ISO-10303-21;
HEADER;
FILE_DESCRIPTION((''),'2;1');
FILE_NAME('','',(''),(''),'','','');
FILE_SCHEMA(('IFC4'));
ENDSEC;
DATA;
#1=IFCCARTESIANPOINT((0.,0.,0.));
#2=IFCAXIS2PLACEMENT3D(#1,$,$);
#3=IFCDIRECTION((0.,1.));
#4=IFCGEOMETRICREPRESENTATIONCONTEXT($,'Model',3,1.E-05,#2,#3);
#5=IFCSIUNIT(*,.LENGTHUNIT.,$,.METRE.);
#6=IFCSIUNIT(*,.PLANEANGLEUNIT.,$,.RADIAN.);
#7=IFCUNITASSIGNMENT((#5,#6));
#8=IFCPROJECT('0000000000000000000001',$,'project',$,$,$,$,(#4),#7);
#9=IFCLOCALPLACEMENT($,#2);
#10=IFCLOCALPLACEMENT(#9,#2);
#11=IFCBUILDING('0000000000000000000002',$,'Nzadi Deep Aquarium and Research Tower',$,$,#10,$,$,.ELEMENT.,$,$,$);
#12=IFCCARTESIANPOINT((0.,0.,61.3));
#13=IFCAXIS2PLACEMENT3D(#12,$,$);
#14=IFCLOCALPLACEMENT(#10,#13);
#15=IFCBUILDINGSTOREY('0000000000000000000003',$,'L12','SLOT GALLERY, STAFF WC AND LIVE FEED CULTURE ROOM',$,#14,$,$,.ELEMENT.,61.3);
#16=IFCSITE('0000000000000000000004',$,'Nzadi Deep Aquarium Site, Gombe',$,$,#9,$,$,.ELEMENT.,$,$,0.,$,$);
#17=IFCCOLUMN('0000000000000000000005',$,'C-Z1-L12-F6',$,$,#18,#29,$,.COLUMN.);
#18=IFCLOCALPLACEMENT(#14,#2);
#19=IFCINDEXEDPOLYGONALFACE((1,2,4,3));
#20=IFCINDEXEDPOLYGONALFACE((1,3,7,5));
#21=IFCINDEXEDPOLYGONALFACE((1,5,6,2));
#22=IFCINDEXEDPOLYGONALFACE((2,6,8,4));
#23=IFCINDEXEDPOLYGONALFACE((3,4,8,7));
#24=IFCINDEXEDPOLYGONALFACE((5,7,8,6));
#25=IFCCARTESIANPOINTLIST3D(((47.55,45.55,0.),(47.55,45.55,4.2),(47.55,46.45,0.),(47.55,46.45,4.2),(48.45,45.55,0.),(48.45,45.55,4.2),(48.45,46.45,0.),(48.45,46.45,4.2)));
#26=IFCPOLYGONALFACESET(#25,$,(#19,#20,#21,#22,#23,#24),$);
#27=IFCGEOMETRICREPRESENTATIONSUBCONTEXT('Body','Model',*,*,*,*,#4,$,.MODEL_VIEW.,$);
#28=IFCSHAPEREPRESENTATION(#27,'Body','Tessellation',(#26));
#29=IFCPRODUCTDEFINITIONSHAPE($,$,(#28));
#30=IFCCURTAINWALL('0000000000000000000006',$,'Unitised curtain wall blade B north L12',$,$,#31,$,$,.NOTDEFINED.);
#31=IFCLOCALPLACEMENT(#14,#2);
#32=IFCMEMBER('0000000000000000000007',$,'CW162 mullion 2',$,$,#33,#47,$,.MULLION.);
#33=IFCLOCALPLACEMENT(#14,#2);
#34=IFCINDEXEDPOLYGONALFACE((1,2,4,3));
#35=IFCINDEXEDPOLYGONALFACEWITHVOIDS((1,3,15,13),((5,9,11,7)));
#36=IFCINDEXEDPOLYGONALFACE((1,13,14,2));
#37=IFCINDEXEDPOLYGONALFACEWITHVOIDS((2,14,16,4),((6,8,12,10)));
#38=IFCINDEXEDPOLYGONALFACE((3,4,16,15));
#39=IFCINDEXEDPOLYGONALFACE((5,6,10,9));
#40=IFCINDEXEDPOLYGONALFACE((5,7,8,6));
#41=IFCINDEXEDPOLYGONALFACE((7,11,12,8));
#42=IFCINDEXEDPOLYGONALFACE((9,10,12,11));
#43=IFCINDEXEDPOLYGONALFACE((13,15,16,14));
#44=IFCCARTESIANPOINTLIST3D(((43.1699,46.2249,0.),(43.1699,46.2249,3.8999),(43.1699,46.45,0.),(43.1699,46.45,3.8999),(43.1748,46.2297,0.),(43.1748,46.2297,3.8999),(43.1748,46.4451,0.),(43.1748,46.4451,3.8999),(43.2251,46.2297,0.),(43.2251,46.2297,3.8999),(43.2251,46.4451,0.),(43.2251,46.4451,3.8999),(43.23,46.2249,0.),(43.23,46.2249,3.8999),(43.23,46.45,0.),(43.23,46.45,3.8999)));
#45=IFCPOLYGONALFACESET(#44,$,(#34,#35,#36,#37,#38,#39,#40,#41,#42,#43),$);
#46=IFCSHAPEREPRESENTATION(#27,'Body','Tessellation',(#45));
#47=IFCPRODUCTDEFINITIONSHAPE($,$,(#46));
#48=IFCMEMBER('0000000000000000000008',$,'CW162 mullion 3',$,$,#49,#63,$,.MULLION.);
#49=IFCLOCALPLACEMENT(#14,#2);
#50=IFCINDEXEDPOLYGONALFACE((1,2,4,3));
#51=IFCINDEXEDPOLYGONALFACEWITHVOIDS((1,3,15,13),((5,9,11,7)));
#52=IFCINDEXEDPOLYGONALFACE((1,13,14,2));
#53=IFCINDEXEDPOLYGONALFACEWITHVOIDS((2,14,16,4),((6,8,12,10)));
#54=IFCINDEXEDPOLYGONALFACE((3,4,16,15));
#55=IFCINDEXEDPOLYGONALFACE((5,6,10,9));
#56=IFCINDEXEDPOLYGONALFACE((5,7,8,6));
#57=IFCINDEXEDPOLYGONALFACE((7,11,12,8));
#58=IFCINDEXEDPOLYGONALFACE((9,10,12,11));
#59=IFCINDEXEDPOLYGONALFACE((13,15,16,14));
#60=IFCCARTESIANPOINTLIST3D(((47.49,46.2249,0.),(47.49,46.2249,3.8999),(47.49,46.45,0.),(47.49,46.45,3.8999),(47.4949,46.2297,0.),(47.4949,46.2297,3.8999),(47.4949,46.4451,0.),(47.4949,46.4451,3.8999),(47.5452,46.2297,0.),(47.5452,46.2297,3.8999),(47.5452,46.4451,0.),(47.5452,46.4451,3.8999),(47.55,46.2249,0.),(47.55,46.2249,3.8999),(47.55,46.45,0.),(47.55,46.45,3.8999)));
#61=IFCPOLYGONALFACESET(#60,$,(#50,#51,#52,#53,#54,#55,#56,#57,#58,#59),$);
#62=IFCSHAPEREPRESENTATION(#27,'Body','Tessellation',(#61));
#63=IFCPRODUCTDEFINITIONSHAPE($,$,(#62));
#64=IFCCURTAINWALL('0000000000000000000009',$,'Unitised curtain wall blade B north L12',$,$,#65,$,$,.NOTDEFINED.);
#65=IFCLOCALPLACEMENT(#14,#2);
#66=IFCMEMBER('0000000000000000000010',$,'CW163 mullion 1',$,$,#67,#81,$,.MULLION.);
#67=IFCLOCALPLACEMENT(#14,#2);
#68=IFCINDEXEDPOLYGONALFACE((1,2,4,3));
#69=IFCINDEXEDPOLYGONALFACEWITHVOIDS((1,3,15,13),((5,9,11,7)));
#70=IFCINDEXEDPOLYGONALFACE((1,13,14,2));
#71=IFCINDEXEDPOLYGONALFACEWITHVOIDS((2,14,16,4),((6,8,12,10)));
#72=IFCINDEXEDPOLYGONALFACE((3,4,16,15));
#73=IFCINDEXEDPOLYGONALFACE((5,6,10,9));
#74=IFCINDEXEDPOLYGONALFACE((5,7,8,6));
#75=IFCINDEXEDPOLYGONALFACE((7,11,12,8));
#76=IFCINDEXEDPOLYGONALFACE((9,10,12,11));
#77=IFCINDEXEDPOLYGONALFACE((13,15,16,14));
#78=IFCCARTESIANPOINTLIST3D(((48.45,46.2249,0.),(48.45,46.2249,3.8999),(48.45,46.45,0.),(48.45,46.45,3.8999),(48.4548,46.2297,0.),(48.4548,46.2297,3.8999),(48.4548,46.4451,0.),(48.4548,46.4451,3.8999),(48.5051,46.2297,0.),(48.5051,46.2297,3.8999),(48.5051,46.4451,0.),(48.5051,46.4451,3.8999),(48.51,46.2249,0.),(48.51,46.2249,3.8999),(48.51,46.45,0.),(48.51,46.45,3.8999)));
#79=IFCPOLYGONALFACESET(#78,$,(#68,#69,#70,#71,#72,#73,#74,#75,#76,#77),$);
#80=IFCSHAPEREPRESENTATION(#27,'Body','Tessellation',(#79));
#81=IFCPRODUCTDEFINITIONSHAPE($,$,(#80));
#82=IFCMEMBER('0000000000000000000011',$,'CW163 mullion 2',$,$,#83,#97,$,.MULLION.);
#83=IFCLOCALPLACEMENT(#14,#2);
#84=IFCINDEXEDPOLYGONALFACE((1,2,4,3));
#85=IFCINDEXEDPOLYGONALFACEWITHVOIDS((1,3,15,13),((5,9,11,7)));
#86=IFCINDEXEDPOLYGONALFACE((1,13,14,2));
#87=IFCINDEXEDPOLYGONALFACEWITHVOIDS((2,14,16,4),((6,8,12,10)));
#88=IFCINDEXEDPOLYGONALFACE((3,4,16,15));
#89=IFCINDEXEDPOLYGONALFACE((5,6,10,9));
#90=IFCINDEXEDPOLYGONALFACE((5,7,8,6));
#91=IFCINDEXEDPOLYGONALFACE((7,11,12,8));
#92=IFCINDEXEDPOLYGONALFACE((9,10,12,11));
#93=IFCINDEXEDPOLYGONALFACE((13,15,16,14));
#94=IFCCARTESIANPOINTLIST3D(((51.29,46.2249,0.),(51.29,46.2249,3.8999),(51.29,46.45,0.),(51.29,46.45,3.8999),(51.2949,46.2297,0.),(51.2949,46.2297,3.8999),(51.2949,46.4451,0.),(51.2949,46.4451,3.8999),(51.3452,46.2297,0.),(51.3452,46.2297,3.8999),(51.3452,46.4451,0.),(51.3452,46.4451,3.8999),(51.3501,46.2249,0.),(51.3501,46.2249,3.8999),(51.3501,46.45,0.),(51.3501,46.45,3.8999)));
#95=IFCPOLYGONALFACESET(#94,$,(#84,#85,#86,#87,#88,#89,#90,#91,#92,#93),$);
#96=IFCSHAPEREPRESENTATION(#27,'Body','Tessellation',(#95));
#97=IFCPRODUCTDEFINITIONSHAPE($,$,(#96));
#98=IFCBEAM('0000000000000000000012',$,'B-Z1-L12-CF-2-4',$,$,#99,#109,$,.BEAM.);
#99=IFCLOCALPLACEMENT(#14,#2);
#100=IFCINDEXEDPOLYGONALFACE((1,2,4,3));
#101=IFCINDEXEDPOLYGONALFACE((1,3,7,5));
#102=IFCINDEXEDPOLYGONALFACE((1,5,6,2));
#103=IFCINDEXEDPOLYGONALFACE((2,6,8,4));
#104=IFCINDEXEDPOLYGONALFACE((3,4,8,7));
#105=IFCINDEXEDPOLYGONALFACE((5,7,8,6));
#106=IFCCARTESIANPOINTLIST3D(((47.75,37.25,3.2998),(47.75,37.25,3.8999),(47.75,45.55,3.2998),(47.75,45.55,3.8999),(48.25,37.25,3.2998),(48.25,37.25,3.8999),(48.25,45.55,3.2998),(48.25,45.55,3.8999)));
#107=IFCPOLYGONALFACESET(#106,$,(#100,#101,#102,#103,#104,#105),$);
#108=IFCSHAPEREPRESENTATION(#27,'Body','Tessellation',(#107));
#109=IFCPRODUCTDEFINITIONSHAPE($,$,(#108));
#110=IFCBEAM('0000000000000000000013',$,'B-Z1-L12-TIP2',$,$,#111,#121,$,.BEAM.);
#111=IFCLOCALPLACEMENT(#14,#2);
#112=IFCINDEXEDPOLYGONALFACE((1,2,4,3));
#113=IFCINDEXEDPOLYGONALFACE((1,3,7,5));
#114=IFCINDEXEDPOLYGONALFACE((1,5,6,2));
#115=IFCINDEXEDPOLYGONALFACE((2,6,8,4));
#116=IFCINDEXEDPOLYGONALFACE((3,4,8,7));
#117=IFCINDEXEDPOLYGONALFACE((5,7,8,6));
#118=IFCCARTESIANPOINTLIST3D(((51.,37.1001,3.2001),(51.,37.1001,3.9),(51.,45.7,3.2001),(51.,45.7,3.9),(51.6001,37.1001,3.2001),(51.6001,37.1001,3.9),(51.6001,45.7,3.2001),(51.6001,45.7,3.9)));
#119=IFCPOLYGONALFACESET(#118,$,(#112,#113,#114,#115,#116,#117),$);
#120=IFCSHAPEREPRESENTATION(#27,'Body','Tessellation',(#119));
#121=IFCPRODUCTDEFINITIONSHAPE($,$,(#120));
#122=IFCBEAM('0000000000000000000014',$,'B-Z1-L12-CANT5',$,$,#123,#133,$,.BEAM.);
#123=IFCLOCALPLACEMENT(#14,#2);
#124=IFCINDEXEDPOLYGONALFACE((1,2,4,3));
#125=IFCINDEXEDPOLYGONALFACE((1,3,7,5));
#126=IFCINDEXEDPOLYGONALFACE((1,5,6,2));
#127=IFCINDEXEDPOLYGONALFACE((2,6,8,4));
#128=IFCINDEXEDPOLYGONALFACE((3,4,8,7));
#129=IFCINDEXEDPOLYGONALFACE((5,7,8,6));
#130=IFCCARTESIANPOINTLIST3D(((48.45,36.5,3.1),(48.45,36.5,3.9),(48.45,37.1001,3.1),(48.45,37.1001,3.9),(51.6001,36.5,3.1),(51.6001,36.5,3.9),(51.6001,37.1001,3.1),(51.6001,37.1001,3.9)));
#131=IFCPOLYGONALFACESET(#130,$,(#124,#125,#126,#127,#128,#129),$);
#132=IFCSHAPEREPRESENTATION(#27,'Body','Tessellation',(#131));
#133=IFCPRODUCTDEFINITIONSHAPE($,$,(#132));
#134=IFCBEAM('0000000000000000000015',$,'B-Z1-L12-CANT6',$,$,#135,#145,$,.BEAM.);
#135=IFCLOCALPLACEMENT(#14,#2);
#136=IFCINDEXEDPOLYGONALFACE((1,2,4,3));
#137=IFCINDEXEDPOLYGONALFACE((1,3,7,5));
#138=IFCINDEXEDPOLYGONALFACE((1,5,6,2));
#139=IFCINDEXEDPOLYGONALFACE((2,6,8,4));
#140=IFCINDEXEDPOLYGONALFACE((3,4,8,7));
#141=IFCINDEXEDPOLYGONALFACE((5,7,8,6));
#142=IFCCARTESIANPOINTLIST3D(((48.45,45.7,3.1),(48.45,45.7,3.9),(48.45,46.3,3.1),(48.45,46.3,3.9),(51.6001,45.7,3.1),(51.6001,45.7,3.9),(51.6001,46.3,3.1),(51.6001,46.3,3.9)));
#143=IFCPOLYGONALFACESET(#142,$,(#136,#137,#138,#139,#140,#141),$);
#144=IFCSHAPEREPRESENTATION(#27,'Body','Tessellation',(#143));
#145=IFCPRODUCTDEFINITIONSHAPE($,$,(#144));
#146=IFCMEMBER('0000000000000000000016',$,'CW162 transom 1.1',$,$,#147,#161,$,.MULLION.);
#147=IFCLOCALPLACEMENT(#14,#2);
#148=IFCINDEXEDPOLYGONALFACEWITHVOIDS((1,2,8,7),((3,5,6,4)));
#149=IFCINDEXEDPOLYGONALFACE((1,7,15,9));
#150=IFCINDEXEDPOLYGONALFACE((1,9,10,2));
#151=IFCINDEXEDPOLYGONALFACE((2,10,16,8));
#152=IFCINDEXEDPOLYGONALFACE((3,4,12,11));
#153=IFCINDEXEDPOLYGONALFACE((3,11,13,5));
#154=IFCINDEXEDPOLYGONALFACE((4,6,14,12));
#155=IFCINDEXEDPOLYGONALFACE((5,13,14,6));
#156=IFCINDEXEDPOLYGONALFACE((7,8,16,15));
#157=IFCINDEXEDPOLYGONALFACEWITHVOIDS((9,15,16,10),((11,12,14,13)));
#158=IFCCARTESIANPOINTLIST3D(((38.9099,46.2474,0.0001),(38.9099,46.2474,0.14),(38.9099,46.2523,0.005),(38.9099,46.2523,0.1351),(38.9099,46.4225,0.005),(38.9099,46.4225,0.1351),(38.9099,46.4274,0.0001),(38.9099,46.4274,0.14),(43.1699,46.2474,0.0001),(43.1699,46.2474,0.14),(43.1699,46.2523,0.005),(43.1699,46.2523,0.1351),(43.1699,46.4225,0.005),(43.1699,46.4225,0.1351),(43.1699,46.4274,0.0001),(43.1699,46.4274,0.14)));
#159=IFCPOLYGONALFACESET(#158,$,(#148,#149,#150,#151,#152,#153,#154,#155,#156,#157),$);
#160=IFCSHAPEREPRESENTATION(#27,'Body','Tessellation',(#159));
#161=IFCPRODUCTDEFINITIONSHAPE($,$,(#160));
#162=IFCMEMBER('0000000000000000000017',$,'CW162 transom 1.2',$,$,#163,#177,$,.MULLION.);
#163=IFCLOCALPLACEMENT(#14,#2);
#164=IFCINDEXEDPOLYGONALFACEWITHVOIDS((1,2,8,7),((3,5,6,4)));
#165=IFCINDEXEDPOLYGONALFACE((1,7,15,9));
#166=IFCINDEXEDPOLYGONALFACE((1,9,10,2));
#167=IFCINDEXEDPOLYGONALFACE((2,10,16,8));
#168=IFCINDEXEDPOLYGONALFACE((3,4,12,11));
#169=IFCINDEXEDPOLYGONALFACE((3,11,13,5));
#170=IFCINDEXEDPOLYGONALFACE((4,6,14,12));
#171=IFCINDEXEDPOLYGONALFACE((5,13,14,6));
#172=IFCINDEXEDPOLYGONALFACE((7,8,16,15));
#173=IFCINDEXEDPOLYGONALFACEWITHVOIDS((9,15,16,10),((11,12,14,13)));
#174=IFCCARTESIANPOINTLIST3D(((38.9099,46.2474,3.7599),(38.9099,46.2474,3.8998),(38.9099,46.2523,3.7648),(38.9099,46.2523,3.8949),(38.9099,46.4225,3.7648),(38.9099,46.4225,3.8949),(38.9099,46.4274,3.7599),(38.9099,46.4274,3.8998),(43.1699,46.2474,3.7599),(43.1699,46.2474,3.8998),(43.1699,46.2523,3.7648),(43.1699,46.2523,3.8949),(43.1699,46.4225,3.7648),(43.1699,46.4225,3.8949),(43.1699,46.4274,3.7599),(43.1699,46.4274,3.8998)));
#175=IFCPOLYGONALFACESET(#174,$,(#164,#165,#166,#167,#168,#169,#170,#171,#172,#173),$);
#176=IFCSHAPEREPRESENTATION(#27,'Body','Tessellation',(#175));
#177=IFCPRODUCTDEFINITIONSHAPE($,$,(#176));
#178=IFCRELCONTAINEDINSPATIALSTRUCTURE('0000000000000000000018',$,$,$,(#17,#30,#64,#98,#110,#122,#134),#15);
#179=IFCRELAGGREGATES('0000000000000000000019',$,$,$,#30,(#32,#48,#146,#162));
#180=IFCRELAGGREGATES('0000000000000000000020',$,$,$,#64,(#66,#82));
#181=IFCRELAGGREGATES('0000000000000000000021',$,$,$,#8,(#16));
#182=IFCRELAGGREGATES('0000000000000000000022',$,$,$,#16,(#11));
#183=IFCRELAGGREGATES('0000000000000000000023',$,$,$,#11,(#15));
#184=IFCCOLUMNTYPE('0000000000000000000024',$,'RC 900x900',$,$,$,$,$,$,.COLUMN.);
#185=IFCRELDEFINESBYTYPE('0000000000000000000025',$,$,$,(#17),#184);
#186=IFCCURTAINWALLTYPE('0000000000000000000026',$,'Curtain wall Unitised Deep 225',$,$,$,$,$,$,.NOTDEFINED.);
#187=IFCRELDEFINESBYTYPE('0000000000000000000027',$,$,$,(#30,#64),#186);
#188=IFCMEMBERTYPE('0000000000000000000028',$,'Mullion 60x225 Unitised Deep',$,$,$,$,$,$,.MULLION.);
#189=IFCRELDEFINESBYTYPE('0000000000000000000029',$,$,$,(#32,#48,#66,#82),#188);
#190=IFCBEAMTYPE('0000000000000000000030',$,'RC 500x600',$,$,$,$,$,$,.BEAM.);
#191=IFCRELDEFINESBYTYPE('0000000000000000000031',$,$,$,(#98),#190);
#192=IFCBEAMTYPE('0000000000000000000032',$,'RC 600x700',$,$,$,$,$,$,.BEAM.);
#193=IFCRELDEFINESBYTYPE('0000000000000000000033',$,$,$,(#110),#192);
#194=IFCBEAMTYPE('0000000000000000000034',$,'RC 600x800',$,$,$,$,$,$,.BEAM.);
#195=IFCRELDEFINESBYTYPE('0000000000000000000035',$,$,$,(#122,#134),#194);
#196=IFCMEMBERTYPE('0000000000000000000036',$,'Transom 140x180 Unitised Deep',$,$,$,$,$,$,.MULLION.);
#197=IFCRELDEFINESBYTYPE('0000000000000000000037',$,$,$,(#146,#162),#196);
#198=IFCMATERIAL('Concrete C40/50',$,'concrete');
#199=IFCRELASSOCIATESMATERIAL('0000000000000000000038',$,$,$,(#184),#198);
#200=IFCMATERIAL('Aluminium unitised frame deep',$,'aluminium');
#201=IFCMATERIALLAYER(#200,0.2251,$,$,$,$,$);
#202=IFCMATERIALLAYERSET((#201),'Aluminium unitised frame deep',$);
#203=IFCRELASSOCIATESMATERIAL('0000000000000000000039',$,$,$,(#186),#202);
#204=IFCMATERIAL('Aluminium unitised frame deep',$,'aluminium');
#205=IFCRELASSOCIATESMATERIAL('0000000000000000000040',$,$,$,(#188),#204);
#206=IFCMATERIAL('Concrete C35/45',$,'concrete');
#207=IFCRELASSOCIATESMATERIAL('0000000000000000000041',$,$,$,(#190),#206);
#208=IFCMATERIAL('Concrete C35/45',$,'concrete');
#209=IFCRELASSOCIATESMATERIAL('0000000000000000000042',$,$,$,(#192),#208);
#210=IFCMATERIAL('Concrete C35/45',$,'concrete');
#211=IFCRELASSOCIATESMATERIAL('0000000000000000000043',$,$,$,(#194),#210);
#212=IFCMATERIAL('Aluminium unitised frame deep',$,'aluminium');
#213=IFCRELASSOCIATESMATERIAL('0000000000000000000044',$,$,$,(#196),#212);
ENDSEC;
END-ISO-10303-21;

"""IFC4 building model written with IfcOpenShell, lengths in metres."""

from ifc_helpers import new_model, si_unit, direction, frame, origin, origin_2d, place, context, subcontext, project, spatial, rectangle, hollow_rectangle, extrude, material, layer, layer_set, material_profile, profile_set, type_object, element, aggregate, save


model = new_model("IFC4")

# Units and contexts
model_context = context("Model", 3, precision=1e-05, world=origin(), true_north=direction((0.0, 1.0)))
body_context = subcontext(model_context, "Body", "Model", "MODEL_VIEW")
ifc_project = project(units=[si_unit("LENGTHUNIT", "METRE"), si_unit("PLANEANGLEUNIT", "RADIAN")], contexts=[model_context])

# Site, building, storey
site_placement = place(None, origin())
site = spatial("IfcSite", under=ifc_project, at=site_placement, Name="Nzadi Deep Aquarium Site, Gombe", CompositionType="ELEMENT", RefElevation=0.0)
building_placement = place(site_placement, origin())
building = spatial("IfcBuilding", under=site, at=building_placement, Name="Nzadi Deep Aquarium and Research Tower", CompositionType="ELEMENT")
storey_placement = place(building_placement, frame((0.0, 0.0, 61.3)))
storey = spatial("IfcBuildingStorey", under=building, at=storey_placement, Name="L12", Description="SLOT GALLERY, STAFF WC AND LIVE FEED CULTURE ROOM", CompositionType="ELEMENT", Elevation=61.3)

# Column
ifc_material_1 = material(Name="Concrete C40/50", Category="concrete")
ifc_material_profile_1 = material_profile(ifc_material_1, rectangle(XDim=0.8999, YDim=0.8999, at=origin_2d()))
ifc_profile_set_1 = profile_set([ifc_material_profile_1], Name="Concrete C40/50")
column_type = type_object("IfcColumnType", Name="RC 900x900", PredefinedType="COLUMN", material=ifc_profile_set_1)
column_placement = place(storey_placement, frame((48.0, 46.0, 0.0), z_axis=(0.0, 0.0, 1.0), x_axis=(1.0, 0.0, 0.0)))
element("IfcColumn", 1, at=column_placement, inside=storey, type_object=column_type, Name="C-Z1-L12-F6", PredefinedType="COLUMN", context=body_context, shape_type="SweptSolid", body=[
    extrude(rectangle(XDim=0.8999, YDim=0.8999, at=origin_2d()), origin(), (0.0, 0.0, 1.0), 4.2),
])

# Curtain walls, members
ifc_material_2 = material(Name="Aluminium unitised frame deep", Category="aluminium")
ifc_layer_1 = layer(ifc_material_2, 0.2251)
ifc_layer_set_1 = layer_set([ifc_layer_1], Name="Aluminium unitised frame deep")
curtain_wall_type = type_object("IfcCurtainWallType", Name="Curtain wall Unitised Deep 225", PredefinedType="NOTDEFINED", material=ifc_layer_set_1)
curtain_wall_1_placement = place(storey_placement, origin())
curtain_wall_1 = element("IfcCurtainWall", 2, at=curtain_wall_1_placement, inside=storey, type_object=curtain_wall_type, Name="Unitised curtain wall blade B north L12", PredefinedType="NOTDEFINED")
ifc_material_3 = material(Name="Aluminium unitised frame deep", Category="aluminium")
ifc_material_profile_2 = material_profile(ifc_material_3, hollow_rectangle(XDim=0.2251, YDim=0.0601, WallThickness=0.0049, at=origin_2d()))
ifc_profile_set_2 = profile_set([ifc_material_profile_2], Name="Aluminium unitised frame deep")
member_type_1 = type_object("IfcMemberType", Name="Mullion 60x225 Unitised Deep", PredefinedType="MULLION", material=ifc_profile_set_2)
member_1_placement = place(storey_placement, frame((43.2, 46.3374, 0.0), z_axis=(0.0, 0.0, 1.0), x_axis=(0.0, 1.0, 0.0)))
member_1 = element("IfcMember", 3, at=member_1_placement, type_object=member_type_1, Name="CW162 mullion 2", PredefinedType="MULLION", context=body_context, shape_type="SweptSolid", body=[
    extrude(hollow_rectangle(XDim=0.2251, YDim=0.0601, WallThickness=0.0049, at=origin_2d()), origin(), (0.0, 0.0, 1.0), 3.8999),
])
member_2_placement = place(storey_placement, frame((47.52, 46.3374, 0.0), z_axis=(0.0, 0.0, 1.0), x_axis=(0.0, 1.0, 0.0)))
member_2 = element("IfcMember", 4, at=member_2_placement, type_object=member_type_1, Name="CW162 mullion 3", PredefinedType="MULLION", context=body_context, shape_type="SweptSolid", body=[
    extrude(hollow_rectangle(XDim=0.2251, YDim=0.0601, WallThickness=0.0049, at=origin_2d()), origin(), (0.0, 0.0, 1.0), 3.8999),
])
curtain_wall_2_placement = place(storey_placement, origin())
curtain_wall_2 = element("IfcCurtainWall", 5, at=curtain_wall_2_placement, inside=storey, type_object=curtain_wall_type, Name="Unitised curtain wall blade B north L12", PredefinedType="NOTDEFINED")
member_3_placement = place(storey_placement, frame((48.48, 46.3374, 0.0), z_axis=(0.0, 0.0, 1.0), x_axis=(0.0, 1.0, 0.0)))
member_3 = element("IfcMember", 6, at=member_3_placement, type_object=member_type_1, Name="CW163 mullion 1", PredefinedType="MULLION", context=body_context, shape_type="SweptSolid", body=[
    extrude(hollow_rectangle(XDim=0.2251, YDim=0.0601, WallThickness=0.0049, at=origin_2d()), origin(), (0.0, 0.0, 1.0), 3.8999),
])
member_4_placement = place(storey_placement, frame((51.3201, 46.3374, 0.0), z_axis=(0.0, 0.0, 1.0), x_axis=(0.0, 1.0, 0.0)))
member_4 = element("IfcMember", 7, at=member_4_placement, type_object=member_type_1, Name="CW163 mullion 2", PredefinedType="MULLION", context=body_context, shape_type="SweptSolid", body=[
    extrude(hollow_rectangle(XDim=0.2251, YDim=0.0601, WallThickness=0.0049, at=origin_2d()), origin(), (0.0, 0.0, 1.0), 3.8999),
])

# Beams
ifc_material_4 = material(Name="Concrete C35/45", Category="concrete")
ifc_material_profile_3 = material_profile(ifc_material_4, rectangle(XDim=0.5, YDim=0.6001, at=origin_2d()))
ifc_profile_set_3 = profile_set([ifc_material_profile_3], Name="Concrete C35/45")
beam_type_1 = type_object("IfcBeamType", Name="RC 500x600", PredefinedType="BEAM", material=ifc_profile_set_3)
beam_1_placement = place(storey_placement, frame((48.0, 37.25, 3.5999), z_axis=(0.0, 1.0, 0.0), x_axis=(-1.0, 0.0, 0.0)))
element("IfcBeam", 8, at=beam_1_placement, inside=storey, type_object=beam_type_1, Name="B-Z1-L12-CF-2-4", PredefinedType="BEAM", context=body_context, shape_type="SweptSolid", body=[
    extrude(rectangle(XDim=0.5, YDim=0.6001, at=origin_2d()), origin(), (0.0, 0.0, 1.0), 8.3),
])
ifc_material_5 = material(Name="Concrete C35/45", Category="concrete")
ifc_material_profile_4 = material_profile(ifc_material_5, rectangle(XDim=0.6001, YDim=0.7, at=origin_2d()))
ifc_profile_set_4 = profile_set([ifc_material_profile_4], Name="Concrete C35/45")
beam_type_2 = type_object("IfcBeamType", Name="RC 600x700", PredefinedType="BEAM", material=ifc_profile_set_4)
beam_2_placement = place(storey_placement, frame((51.3, 37.1001, 3.55), z_axis=(0.0, 1.0, 0.0), x_axis=(-1.0, 0.0, 0.0)))
element("IfcBeam", 9, at=beam_2_placement, inside=storey, type_object=beam_type_2, Name="B-Z1-L12-TIP2", PredefinedType="BEAM", context=body_context, shape_type="SweptSolid", body=[
    extrude(rectangle(XDim=0.6001, YDim=0.7, at=origin_2d()), origin(), (0.0, 0.0, 1.0), 8.5999),
])
ifc_material_6 = material(Name="Concrete C35/45", Category="concrete")
ifc_material_profile_5 = material_profile(ifc_material_6, rectangle(XDim=0.6001, YDim=0.8, at=origin_2d()))
ifc_profile_set_5 = profile_set([ifc_material_profile_5], Name="Concrete C35/45")
beam_type_3 = type_object("IfcBeamType", Name="RC 600x800", PredefinedType="BEAM", material=ifc_profile_set_5)
for number, where, z_axis, x_axis, name in (
    (10, (48.45, 36.8, 3.5), (1.0, 0.0, 0.0), (0.0, 1.0, 0.0), "B-Z1-L12-CANT5"),
    (11, (48.45, 46.0, 3.5), (1.0, 0.0, 0.0), (0.0, 1.0, 0.0), "B-Z1-L12-CANT6"),
):
    element("IfcBeam", number, at=place(storey_placement, frame(where, z_axis=z_axis, x_axis=x_axis)), inside=storey, type_object=beam_type_3, Name=name, PredefinedType="BEAM", context=body_context, shape_type="SweptSolid", body=[
        extrude(rectangle(XDim=0.6001, YDim=0.8, at=origin_2d()), origin(), (0.0, 0.0, 1.0), 3.1501),
    ])

# Members
ifc_material_7 = material(Name="Aluminium unitised frame deep", Category="aluminium")
ifc_material_profile_6 = material_profile(ifc_material_7, hollow_rectangle(XDim=0.1799, YDim=0.1399, WallThickness=0.0049, at=origin_2d()))
ifc_profile_set_6 = profile_set([ifc_material_profile_6], Name="Aluminium unitised frame deep")
member_type_2 = type_object("IfcMemberType", Name="Transom 140x180 Unitised Deep", PredefinedType="MULLION", material=ifc_profile_set_6)
member_5_placement = place(storey_placement, frame((38.9099, 46.3374, 0.0701), z_axis=(1.0, 0.0, 0.0), x_axis=(0.0, 1.0, 0.0)))
member_5 = element("IfcMember", 12, at=member_5_placement, type_object=member_type_2, Name="CW162 transom 1.1", PredefinedType="MULLION", context=body_context, shape_type="SweptSolid", body=[
    extrude(hollow_rectangle(XDim=0.1799, YDim=0.1399, WallThickness=0.0049, at=origin_2d()), origin(), (0.0, 0.0, 1.0), 4.26),
])
member_6_placement = place(storey_placement, frame((38.9099, 46.3374, 3.8298), z_axis=(1.0, 0.0, 0.0), x_axis=(0.0, 1.0, 0.0)))
member_6 = element("IfcMember", 13, at=member_6_placement, type_object=member_type_2, Name="CW162 transom 1.2", PredefinedType="MULLION", context=body_context, shape_type="SweptSolid", body=[
    extrude(hollow_rectangle(XDim=0.1799, YDim=0.1399, WallThickness=0.0049, at=origin_2d()), origin(), (0.0, 0.0, 1.0), 4.26),
])

aggregate(curtain_wall_1, [member_1, member_2, member_5, member_6])
aggregate(curtain_wall_2, [member_3, member_4])

save(model, "model.ifc")
